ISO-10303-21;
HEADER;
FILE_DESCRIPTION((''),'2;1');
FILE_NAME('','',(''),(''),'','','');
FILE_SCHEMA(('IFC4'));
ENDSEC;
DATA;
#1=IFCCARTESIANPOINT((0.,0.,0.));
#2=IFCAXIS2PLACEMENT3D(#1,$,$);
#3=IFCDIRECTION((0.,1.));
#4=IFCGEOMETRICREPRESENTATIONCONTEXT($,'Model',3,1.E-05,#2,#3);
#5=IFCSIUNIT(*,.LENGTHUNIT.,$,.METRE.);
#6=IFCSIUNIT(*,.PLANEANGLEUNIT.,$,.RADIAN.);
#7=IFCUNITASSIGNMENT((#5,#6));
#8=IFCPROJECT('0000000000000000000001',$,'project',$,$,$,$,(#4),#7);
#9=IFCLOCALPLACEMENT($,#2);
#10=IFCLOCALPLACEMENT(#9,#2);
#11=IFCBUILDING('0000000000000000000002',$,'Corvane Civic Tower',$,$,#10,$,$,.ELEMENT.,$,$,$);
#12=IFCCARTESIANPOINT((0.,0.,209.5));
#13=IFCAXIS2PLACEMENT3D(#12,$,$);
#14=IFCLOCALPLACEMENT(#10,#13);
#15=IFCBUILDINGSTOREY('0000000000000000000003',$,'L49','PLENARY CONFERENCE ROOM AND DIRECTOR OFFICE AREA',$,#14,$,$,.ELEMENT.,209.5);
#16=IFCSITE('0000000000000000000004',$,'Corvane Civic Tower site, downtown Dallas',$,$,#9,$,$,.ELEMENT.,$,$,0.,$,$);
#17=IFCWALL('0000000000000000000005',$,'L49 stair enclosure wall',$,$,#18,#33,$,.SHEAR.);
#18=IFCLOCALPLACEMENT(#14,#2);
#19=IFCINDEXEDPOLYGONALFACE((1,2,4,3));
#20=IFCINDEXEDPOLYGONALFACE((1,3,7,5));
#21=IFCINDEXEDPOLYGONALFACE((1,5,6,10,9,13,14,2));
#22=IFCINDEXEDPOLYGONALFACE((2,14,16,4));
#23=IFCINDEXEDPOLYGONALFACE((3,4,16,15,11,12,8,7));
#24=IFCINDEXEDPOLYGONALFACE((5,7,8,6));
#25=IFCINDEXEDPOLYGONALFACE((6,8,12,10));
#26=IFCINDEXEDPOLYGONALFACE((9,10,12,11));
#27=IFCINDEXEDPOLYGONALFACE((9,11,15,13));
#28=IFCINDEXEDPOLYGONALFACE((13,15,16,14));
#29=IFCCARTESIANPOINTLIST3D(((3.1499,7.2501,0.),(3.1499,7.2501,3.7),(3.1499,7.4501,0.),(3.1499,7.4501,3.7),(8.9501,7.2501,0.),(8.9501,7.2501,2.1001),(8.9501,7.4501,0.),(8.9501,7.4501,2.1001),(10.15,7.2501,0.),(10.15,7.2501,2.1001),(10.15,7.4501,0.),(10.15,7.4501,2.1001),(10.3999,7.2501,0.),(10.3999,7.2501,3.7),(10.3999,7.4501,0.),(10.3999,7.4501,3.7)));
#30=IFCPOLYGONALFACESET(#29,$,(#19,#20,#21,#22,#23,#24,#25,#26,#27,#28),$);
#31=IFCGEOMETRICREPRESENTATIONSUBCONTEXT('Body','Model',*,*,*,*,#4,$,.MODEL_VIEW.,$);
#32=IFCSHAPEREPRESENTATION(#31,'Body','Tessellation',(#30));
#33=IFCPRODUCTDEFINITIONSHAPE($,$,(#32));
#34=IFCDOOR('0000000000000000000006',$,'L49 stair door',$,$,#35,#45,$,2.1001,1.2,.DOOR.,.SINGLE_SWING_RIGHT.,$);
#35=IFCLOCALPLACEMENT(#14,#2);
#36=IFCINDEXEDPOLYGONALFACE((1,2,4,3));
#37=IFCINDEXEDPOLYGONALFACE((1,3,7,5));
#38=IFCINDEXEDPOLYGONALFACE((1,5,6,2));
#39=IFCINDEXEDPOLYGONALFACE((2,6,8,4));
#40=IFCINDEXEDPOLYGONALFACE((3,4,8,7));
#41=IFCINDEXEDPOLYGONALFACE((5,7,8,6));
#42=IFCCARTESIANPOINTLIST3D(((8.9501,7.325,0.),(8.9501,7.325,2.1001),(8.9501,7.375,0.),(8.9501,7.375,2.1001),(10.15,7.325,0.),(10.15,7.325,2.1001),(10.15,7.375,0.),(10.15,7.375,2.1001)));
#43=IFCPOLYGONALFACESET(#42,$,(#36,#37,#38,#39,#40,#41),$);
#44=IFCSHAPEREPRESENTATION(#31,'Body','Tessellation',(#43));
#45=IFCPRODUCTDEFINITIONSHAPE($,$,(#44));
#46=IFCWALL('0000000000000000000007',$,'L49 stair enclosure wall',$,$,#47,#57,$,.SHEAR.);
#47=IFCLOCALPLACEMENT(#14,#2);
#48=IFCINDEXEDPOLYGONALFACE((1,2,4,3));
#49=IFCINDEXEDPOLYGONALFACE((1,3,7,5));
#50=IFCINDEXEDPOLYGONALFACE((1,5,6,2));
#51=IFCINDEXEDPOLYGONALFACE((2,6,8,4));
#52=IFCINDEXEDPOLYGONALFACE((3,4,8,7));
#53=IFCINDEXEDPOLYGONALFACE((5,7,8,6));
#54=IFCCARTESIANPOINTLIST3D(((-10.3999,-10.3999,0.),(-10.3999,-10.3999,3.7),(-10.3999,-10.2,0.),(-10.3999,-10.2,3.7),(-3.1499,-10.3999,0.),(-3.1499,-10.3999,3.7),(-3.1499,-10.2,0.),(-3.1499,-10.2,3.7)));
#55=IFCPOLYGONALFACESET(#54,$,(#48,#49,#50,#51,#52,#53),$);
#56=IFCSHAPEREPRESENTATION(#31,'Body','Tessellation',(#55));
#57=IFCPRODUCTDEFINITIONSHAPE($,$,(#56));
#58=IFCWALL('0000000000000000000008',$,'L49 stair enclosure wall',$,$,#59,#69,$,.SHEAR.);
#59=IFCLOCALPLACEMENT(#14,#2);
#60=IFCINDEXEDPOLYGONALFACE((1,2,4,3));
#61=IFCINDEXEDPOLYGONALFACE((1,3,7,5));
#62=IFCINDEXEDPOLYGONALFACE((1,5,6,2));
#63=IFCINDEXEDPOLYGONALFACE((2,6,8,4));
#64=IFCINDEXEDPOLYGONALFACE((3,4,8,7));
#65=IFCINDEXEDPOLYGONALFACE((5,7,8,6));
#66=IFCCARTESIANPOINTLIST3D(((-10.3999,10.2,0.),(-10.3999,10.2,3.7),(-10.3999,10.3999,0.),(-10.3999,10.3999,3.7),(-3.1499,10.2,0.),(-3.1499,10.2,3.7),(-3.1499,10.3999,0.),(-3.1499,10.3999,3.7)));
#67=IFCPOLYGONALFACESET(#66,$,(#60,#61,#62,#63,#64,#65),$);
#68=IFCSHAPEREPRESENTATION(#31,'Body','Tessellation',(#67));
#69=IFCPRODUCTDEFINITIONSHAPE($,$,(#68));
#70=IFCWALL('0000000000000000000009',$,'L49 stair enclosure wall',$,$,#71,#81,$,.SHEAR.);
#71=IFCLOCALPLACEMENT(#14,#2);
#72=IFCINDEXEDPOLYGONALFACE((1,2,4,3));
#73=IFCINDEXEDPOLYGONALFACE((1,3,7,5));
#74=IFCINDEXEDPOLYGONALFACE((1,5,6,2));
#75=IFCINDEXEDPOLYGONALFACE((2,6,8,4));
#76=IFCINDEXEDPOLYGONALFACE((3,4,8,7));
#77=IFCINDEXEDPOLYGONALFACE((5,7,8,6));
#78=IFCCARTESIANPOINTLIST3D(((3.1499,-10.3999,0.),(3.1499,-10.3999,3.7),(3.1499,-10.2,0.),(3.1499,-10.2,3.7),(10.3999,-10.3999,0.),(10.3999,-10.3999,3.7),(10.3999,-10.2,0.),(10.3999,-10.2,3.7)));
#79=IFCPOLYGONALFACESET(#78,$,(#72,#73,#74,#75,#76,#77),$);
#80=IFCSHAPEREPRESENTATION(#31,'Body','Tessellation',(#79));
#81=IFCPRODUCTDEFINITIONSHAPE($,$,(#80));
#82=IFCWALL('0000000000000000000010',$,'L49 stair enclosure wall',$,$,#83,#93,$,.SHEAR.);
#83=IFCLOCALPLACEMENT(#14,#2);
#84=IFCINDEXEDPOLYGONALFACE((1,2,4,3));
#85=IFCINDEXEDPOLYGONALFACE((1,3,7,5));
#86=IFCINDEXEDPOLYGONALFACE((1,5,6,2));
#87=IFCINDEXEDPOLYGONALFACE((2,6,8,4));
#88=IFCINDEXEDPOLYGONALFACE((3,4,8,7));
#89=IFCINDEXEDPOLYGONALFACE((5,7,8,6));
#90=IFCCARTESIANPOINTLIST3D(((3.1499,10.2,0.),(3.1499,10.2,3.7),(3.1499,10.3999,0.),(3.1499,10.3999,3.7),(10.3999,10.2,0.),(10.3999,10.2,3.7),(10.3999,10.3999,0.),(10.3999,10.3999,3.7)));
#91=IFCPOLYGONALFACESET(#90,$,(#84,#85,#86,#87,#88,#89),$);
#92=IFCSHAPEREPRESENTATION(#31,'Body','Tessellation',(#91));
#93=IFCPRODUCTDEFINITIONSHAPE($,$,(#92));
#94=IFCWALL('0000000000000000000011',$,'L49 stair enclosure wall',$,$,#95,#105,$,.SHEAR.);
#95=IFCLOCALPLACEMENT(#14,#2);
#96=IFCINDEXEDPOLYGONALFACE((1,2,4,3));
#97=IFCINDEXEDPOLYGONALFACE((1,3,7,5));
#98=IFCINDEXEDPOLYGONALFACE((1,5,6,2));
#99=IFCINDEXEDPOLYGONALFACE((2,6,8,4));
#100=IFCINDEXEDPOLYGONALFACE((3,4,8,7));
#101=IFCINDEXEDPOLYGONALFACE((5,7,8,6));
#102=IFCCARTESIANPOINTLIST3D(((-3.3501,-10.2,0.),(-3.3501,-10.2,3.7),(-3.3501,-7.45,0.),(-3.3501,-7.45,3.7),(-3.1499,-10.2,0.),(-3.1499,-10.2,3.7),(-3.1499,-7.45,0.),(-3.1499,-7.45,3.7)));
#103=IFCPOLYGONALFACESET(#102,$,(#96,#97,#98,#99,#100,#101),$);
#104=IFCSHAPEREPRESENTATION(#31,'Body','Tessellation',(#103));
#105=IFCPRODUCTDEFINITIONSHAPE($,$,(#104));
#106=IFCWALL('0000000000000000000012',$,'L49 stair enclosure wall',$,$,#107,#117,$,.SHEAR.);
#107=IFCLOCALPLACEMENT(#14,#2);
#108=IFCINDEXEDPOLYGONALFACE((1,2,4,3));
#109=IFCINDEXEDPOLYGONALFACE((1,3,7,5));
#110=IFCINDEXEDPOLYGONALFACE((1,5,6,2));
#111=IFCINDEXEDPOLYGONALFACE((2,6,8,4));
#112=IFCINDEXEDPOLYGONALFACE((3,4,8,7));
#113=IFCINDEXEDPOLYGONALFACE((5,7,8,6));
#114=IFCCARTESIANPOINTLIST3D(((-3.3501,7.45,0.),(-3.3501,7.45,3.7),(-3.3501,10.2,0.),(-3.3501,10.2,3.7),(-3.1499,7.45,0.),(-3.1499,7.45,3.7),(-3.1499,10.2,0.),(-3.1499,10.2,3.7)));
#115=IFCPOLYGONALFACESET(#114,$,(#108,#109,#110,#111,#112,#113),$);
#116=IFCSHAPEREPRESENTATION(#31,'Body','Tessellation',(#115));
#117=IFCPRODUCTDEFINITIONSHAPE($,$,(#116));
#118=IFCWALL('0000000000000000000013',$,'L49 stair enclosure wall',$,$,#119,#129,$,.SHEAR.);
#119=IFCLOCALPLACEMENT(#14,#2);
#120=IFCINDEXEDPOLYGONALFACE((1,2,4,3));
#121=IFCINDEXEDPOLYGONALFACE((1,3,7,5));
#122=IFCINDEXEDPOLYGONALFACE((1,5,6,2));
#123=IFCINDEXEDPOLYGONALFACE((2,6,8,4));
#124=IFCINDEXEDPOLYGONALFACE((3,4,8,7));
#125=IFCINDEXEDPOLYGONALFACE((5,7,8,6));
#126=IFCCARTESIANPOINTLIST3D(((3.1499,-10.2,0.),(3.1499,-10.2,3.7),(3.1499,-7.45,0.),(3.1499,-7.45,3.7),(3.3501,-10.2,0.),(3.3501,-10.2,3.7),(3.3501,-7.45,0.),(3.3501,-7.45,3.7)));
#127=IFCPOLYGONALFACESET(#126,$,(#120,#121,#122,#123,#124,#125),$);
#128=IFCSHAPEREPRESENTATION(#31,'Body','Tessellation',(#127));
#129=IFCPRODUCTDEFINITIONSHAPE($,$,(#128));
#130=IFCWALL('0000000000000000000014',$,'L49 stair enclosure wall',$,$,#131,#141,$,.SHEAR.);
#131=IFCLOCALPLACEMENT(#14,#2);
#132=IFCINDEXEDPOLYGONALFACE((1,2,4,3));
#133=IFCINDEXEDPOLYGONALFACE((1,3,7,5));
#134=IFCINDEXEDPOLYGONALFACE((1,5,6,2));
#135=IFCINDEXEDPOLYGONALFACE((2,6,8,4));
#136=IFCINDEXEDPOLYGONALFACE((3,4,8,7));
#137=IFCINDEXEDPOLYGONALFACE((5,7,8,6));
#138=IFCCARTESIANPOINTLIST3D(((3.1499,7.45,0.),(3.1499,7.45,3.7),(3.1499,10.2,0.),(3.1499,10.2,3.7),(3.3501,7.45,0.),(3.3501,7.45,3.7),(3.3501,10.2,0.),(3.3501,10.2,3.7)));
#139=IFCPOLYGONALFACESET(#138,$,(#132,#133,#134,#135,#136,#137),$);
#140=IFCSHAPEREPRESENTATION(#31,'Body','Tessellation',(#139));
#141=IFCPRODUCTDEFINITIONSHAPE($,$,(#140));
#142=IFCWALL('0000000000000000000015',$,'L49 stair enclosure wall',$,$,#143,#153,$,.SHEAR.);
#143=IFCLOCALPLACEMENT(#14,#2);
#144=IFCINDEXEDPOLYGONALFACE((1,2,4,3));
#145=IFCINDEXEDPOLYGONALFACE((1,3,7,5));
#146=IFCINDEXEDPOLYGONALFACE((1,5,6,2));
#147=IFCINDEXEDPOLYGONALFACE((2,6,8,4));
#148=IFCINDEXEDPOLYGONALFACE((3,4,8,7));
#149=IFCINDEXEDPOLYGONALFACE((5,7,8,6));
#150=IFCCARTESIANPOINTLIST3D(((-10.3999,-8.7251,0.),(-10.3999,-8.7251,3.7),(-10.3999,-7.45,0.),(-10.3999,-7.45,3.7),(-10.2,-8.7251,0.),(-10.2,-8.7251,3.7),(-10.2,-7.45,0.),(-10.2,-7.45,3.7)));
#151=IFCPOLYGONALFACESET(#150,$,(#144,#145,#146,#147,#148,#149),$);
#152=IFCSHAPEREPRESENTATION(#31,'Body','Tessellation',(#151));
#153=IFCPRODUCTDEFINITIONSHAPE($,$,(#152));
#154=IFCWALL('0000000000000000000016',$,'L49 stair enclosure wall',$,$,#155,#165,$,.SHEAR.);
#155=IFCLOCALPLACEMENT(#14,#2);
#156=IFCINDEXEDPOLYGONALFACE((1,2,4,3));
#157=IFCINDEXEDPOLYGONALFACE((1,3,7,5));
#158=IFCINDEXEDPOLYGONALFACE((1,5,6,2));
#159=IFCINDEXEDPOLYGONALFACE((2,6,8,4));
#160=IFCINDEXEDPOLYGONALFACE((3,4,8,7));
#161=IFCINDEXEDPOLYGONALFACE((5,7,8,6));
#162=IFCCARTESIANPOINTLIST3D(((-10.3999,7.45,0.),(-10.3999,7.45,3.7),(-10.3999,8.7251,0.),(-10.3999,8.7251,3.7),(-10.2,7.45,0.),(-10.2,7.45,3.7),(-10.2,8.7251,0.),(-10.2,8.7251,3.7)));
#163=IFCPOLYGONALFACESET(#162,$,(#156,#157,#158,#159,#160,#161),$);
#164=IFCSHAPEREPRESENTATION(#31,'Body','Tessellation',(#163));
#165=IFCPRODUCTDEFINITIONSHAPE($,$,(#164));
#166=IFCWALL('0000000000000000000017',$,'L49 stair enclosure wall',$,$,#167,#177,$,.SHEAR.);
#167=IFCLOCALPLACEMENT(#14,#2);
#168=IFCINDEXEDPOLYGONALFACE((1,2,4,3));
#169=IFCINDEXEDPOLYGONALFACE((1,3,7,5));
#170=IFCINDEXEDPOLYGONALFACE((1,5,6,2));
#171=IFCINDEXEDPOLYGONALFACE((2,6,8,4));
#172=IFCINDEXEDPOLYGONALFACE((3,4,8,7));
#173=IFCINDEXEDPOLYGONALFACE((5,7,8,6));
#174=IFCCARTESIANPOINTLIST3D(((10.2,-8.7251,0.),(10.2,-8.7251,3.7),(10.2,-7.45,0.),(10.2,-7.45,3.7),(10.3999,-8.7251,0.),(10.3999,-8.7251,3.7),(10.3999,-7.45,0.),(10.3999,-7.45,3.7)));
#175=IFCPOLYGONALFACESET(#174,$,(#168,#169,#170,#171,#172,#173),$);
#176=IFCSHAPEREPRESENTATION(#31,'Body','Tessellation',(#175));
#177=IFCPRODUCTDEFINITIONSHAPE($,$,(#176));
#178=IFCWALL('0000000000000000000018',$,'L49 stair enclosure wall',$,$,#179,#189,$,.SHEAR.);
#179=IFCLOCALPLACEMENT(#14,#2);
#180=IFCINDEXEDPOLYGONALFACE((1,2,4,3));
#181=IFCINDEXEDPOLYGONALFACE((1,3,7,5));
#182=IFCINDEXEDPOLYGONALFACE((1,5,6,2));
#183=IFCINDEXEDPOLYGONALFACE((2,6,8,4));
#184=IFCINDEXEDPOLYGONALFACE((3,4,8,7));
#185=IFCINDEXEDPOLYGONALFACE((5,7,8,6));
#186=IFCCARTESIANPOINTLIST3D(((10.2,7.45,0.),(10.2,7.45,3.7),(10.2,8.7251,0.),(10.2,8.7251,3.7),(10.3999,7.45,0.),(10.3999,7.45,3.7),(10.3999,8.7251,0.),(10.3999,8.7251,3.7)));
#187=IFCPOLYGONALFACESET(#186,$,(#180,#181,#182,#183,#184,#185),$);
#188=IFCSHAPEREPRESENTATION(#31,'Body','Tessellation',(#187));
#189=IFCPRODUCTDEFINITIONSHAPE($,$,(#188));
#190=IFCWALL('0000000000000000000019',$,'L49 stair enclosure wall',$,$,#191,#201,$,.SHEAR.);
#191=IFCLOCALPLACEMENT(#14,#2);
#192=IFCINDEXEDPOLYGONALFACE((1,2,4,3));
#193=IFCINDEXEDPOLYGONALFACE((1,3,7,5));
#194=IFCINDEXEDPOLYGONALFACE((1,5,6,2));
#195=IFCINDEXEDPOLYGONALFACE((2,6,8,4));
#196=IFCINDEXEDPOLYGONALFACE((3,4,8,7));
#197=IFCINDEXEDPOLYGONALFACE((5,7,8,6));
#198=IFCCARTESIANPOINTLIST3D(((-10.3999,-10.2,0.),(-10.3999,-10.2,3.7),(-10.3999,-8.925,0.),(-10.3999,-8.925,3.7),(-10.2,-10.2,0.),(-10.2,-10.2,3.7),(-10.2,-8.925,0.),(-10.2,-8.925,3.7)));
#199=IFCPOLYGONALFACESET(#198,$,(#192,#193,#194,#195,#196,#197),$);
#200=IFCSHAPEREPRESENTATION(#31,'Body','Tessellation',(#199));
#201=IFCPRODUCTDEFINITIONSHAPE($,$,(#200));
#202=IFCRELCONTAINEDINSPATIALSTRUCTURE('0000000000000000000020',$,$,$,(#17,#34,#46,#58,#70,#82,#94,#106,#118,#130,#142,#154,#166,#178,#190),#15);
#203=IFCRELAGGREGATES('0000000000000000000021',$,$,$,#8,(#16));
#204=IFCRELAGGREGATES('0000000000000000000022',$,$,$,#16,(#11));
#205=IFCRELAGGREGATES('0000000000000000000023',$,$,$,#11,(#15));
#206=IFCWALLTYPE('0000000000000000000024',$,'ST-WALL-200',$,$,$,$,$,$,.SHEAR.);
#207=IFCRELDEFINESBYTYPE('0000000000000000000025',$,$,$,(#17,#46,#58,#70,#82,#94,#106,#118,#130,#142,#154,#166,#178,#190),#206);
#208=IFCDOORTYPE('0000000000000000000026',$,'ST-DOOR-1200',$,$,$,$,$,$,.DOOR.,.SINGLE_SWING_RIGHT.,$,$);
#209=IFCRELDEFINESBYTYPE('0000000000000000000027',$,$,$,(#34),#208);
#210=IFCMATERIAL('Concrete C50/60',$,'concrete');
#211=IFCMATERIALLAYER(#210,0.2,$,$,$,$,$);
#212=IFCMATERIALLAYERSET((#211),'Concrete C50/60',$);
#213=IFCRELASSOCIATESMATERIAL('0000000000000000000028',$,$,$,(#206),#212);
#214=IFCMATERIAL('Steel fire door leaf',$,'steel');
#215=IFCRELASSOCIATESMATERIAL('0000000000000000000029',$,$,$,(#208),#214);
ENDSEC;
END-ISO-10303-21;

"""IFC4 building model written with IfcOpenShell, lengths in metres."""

from ifc_helpers import new_model, si_unit, direction, frame, frame_2d, origin, place, context, subcontext, project, spatial, polyline, rectangle, outline, extrude, material, layer, layer_set, type_object, element, fill, save


model = new_model("IFC4")

# Units and contexts
model_context = context("Model", 3, precision=1e-05, world=origin(), true_north=direction((0.0, 1.0)))
body_context = subcontext(model_context, "Body", "Model", "MODEL_VIEW")
ifc_project = project(units=[si_unit("LENGTHUNIT", "METRE"), si_unit("PLANEANGLEUNIT", "RADIAN")], contexts=[model_context])

# Site, building, storey
site_placement = place(None, origin())
site = spatial("IfcSite", under=ifc_project, at=site_placement, Name="Corvane Civic Tower site, downtown Dallas", CompositionType="ELEMENT", RefElevation=0.0)
building_placement = place(site_placement, origin())
building = spatial("IfcBuilding", under=site, at=building_placement, Name="Corvane Civic Tower", CompositionType="ELEMENT")
storey_placement = place(building_placement, frame((0.0, 0.0, 209.5)))
storey = spatial("IfcBuildingStorey", under=building, at=storey_placement, Name="L49", Description="PLENARY CONFERENCE ROOM AND DIRECTOR OFFICE AREA", CompositionType="ELEMENT", Elevation=209.5)

# Wall, opening, door
ifc_material_1 = material(Name="Concrete C50/60", Category="concrete")
ifc_layer_1 = layer(ifc_material_1, 0.2)
ifc_layer_set_1 = layer_set([ifc_layer_1], Name="Concrete C50/60")
wall_type_1 = type_object("IfcWallType", Name="ST-WALL-200", PredefinedType="SHEAR", material=ifc_layer_set_1)
wall_1_placement = place(storey_placement, frame((3.1499, 7.3501, 0.0), z_axis=(0.0, 0.0, 1.0), x_axis=(1.0, 0.0, 0.0)))
wall_1 = element("IfcWall", 1, at=wall_1_placement, inside=storey, type_object=wall_type_1, Name="L49 stair enclosure wall", PredefinedType="SHEAR", context=body_context, shape_type="SweptSolid", body=[
    extrude(rectangle(XDim=7.25, YDim=0.2, at=frame_2d((3.625, 0.0))), origin(), (0.0, 0.0, 1.0), 3.7),
])
opening_1_placement = place(wall_1_placement, frame((5.8, 0.0, 0.0)))
opening_1 = element("IfcOpeningElement", 2, at=opening_1_placement, cuts=wall_1, PredefinedType="OPENING", context=body_context, shape_type="SweptSolid", body=[
    extrude(rectangle(XDim=1.2, YDim=2.1001, at=frame_2d((0.6001, 1.05))), frame((0.0, 0.1099, 0.0), z_axis=(0.0, -1.0, 0.0), x_axis=(1.0, 0.0, 0.0)), (0.0, 0.0, 1.0), 0.22),
])
ifc_material_2 = material(Name="Steel fire door leaf", Category="steel")
door_type_1 = type_object("IfcDoorType", Name="ST-DOOR-1200", OperationType="SINGLE_SWING_RIGHT", PredefinedType="DOOR", material=ifc_material_2)
door_1_placement = place(opening_1_placement, origin())
door_1 = element("IfcDoor", 3, at=door_1_placement, inside=storey, type_object=door_type_1, Name="L49 stair door", OperationType="SINGLE_SWING_RIGHT", OverallHeight=2.1001, OverallWidth=1.2, PredefinedType="DOOR", context=body_context, shape_type="SweptSolid", body=[
    extrude(rectangle(XDim=1.2, YDim=2.1001, at=frame_2d((0.6001, 1.05))), frame((0.0, 0.0249, 0.0), z_axis=(0.0, -1.0, 0.0), x_axis=(1.0, 0.0, 0.0)), (0.0, 0.0, 1.0), 0.05),
])
fill(opening_1, door_1)

# Walls
wall_2_placement = place(storey_placement, origin())
element("IfcWall", 4, at=wall_2_placement, inside=storey, type_object=wall_type_1, Name="L49 stair enclosure wall", PredefinedType="SHEAR", context=body_context, shape_type="SweptSolid", body=[
    extrude(outline(polyline([(-3.1499, -10.2), (-3.1499, -10.3999), (-10.3999, -10.3999), (-10.3999, -10.2), (-3.1499, -10.2)])), origin(), (0.0, 0.0, 1.0), 3.7),
])
wall_3_placement = place(storey_placement, origin())
element("IfcWall", 5, at=wall_3_placement, inside=storey, type_object=wall_type_1, Name="L49 stair enclosure wall", PredefinedType="SHEAR", context=body_context, shape_type="SweptSolid", body=[
    extrude(outline(polyline([(-3.1499, 10.2), (-10.3999, 10.2), (-10.3999, 10.3999), (-3.1499, 10.3999), (-3.1499, 10.2)])), origin(), (0.0, 0.0, 1.0), 3.7),
])
wall_4_placement = place(storey_placement, origin())
element("IfcWall", 6, at=wall_4_placement, inside=storey, type_object=wall_type_1, Name="L49 stair enclosure wall", PredefinedType="SHEAR", context=body_context, shape_type="SweptSolid", body=[
    extrude(outline(polyline([(10.3999, -10.3999), (3.1499, -10.3999), (3.1499, -10.2), (10.3999, -10.2), (10.3999, -10.3999)])), origin(), (0.0, 0.0, 1.0), 3.7),
])
wall_5_placement = place(storey_placement, origin())
element("IfcWall", 7, at=wall_5_placement, inside=storey, type_object=wall_type_1, Name="L49 stair enclosure wall", PredefinedType="SHEAR", context=body_context, shape_type="SweptSolid", body=[
    extrude(outline(polyline([(10.3999, 10.2), (3.1499, 10.2), (3.1499, 10.3999), (10.3999, 10.3999), (10.3999, 10.2)])), origin(), (0.0, 0.0, 1.0), 3.7),
])
wall_6_placement = place(storey_placement, origin())
element("IfcWall", 8, at=wall_6_placement, inside=storey, type_object=wall_type_1, Name="L49 stair enclosure wall", PredefinedType="SHEAR", context=body_context, shape_type="SweptSolid", body=[
    extrude(outline(polyline([(-3.1499, -7.45), (-3.1499, -10.2), (-3.3501, -10.2), (-3.3501, -7.45), (-3.1499, -7.45)])), origin(), (0.0, 0.0, 1.0), 3.7),
])
wall_7_placement = place(storey_placement, origin())
element("IfcWall", 9, at=wall_7_placement, inside=storey, type_object=wall_type_1, Name="L49 stair enclosure wall", PredefinedType="SHEAR", context=body_context, shape_type="SweptSolid", body=[
    extrude(outline(polyline([(-3.1499, 7.45), (-3.3501, 7.45), (-3.3501, 10.2), (-3.1499, 10.2), (-3.1499, 7.45)])), origin(), (0.0, 0.0, 1.0), 3.7),
])
wall_8_placement = place(storey_placement, origin())
element("IfcWall", 10, at=wall_8_placement, inside=storey, type_object=wall_type_1, Name="L49 stair enclosure wall", PredefinedType="SHEAR", context=body_context, shape_type="SweptSolid", body=[
    extrude(outline(polyline([(3.3501, -7.45), (3.3501, -10.2), (3.1499, -10.2), (3.1499, -7.45), (3.3501, -7.45)])), origin(), (0.0, 0.0, 1.0), 3.7),
])
wall_9_placement = place(storey_placement, origin())
element("IfcWall", 11, at=wall_9_placement, inside=storey, type_object=wall_type_1, Name="L49 stair enclosure wall", PredefinedType="SHEAR", context=body_context, shape_type="SweptSolid", body=[
    extrude(outline(polyline([(3.3501, 7.45), (3.1499, 7.45), (3.1499, 10.2), (3.3501, 10.2), (3.3501, 7.45)])), origin(), (0.0, 0.0, 1.0), 3.7),
])
wall_10_placement = place(storey_placement, origin())
element("IfcWall", 12, at=wall_10_placement, inside=storey, type_object=wall_type_1, Name="L49 stair enclosure wall", PredefinedType="SHEAR", context=body_context, shape_type="SweptSolid", body=[
    extrude(outline(polyline([(-10.2, -7.45), (-10.2, -8.7251), (-10.3999, -8.7251), (-10.3999, -7.45), (-10.2, -7.45)])), origin(), (0.0, 0.0, 1.0), 3.7),
])
wall_11_placement = place(storey_placement, origin())
element("IfcWall", 13, at=wall_11_placement, inside=storey, type_object=wall_type_1, Name="L49 stair enclosure wall", PredefinedType="SHEAR", context=body_context, shape_type="SweptSolid", body=[
    extrude(outline(polyline([(-10.2, 8.7251), (-10.2, 7.45), (-10.3999, 7.45), (-10.3999, 8.7251), (-10.2, 8.7251)])), origin(), (0.0, 0.0, 1.0), 3.7),
])
wall_12_placement = place(storey_placement, origin())
element("IfcWall", 14, at=wall_12_placement, inside=storey, type_object=wall_type_1, Name="L49 stair enclosure wall", PredefinedType="SHEAR", context=body_context, shape_type="SweptSolid", body=[
    extrude(outline(polyline([(10.3999, -7.45), (10.3999, -8.7251), (10.2, -8.7251), (10.2, -7.45), (10.3999, -7.45)])), origin(), (0.0, 0.0, 1.0), 3.7),
])
wall_13_placement = place(storey_placement, origin())
element("IfcWall", 15, at=wall_13_placement, inside=storey, type_object=wall_type_1, Name="L49 stair enclosure wall", PredefinedType="SHEAR", context=body_context, shape_type="SweptSolid", body=[
    extrude(outline(polyline([(10.3999, 8.7251), (10.3999, 7.45), (10.2, 7.45), (10.2, 8.7251), (10.3999, 8.7251)])), origin(), (0.0, 0.0, 1.0), 3.7),
])
wall_14_placement = place(storey_placement, origin())
element("IfcWall", 16, at=wall_14_placement, inside=storey, type_object=wall_type_1, Name="L49 stair enclosure wall", PredefinedType="SHEAR", context=body_context, shape_type="SweptSolid", body=[
    extrude(outline(polyline([(-10.2, -8.925), (-10.2, -10.2), (-10.3999, -10.2), (-10.3999, -8.925), (-10.2, -8.925)])), origin(), (0.0, 0.0, 1.0), 3.7),
])

save(model, "model.ifc")
